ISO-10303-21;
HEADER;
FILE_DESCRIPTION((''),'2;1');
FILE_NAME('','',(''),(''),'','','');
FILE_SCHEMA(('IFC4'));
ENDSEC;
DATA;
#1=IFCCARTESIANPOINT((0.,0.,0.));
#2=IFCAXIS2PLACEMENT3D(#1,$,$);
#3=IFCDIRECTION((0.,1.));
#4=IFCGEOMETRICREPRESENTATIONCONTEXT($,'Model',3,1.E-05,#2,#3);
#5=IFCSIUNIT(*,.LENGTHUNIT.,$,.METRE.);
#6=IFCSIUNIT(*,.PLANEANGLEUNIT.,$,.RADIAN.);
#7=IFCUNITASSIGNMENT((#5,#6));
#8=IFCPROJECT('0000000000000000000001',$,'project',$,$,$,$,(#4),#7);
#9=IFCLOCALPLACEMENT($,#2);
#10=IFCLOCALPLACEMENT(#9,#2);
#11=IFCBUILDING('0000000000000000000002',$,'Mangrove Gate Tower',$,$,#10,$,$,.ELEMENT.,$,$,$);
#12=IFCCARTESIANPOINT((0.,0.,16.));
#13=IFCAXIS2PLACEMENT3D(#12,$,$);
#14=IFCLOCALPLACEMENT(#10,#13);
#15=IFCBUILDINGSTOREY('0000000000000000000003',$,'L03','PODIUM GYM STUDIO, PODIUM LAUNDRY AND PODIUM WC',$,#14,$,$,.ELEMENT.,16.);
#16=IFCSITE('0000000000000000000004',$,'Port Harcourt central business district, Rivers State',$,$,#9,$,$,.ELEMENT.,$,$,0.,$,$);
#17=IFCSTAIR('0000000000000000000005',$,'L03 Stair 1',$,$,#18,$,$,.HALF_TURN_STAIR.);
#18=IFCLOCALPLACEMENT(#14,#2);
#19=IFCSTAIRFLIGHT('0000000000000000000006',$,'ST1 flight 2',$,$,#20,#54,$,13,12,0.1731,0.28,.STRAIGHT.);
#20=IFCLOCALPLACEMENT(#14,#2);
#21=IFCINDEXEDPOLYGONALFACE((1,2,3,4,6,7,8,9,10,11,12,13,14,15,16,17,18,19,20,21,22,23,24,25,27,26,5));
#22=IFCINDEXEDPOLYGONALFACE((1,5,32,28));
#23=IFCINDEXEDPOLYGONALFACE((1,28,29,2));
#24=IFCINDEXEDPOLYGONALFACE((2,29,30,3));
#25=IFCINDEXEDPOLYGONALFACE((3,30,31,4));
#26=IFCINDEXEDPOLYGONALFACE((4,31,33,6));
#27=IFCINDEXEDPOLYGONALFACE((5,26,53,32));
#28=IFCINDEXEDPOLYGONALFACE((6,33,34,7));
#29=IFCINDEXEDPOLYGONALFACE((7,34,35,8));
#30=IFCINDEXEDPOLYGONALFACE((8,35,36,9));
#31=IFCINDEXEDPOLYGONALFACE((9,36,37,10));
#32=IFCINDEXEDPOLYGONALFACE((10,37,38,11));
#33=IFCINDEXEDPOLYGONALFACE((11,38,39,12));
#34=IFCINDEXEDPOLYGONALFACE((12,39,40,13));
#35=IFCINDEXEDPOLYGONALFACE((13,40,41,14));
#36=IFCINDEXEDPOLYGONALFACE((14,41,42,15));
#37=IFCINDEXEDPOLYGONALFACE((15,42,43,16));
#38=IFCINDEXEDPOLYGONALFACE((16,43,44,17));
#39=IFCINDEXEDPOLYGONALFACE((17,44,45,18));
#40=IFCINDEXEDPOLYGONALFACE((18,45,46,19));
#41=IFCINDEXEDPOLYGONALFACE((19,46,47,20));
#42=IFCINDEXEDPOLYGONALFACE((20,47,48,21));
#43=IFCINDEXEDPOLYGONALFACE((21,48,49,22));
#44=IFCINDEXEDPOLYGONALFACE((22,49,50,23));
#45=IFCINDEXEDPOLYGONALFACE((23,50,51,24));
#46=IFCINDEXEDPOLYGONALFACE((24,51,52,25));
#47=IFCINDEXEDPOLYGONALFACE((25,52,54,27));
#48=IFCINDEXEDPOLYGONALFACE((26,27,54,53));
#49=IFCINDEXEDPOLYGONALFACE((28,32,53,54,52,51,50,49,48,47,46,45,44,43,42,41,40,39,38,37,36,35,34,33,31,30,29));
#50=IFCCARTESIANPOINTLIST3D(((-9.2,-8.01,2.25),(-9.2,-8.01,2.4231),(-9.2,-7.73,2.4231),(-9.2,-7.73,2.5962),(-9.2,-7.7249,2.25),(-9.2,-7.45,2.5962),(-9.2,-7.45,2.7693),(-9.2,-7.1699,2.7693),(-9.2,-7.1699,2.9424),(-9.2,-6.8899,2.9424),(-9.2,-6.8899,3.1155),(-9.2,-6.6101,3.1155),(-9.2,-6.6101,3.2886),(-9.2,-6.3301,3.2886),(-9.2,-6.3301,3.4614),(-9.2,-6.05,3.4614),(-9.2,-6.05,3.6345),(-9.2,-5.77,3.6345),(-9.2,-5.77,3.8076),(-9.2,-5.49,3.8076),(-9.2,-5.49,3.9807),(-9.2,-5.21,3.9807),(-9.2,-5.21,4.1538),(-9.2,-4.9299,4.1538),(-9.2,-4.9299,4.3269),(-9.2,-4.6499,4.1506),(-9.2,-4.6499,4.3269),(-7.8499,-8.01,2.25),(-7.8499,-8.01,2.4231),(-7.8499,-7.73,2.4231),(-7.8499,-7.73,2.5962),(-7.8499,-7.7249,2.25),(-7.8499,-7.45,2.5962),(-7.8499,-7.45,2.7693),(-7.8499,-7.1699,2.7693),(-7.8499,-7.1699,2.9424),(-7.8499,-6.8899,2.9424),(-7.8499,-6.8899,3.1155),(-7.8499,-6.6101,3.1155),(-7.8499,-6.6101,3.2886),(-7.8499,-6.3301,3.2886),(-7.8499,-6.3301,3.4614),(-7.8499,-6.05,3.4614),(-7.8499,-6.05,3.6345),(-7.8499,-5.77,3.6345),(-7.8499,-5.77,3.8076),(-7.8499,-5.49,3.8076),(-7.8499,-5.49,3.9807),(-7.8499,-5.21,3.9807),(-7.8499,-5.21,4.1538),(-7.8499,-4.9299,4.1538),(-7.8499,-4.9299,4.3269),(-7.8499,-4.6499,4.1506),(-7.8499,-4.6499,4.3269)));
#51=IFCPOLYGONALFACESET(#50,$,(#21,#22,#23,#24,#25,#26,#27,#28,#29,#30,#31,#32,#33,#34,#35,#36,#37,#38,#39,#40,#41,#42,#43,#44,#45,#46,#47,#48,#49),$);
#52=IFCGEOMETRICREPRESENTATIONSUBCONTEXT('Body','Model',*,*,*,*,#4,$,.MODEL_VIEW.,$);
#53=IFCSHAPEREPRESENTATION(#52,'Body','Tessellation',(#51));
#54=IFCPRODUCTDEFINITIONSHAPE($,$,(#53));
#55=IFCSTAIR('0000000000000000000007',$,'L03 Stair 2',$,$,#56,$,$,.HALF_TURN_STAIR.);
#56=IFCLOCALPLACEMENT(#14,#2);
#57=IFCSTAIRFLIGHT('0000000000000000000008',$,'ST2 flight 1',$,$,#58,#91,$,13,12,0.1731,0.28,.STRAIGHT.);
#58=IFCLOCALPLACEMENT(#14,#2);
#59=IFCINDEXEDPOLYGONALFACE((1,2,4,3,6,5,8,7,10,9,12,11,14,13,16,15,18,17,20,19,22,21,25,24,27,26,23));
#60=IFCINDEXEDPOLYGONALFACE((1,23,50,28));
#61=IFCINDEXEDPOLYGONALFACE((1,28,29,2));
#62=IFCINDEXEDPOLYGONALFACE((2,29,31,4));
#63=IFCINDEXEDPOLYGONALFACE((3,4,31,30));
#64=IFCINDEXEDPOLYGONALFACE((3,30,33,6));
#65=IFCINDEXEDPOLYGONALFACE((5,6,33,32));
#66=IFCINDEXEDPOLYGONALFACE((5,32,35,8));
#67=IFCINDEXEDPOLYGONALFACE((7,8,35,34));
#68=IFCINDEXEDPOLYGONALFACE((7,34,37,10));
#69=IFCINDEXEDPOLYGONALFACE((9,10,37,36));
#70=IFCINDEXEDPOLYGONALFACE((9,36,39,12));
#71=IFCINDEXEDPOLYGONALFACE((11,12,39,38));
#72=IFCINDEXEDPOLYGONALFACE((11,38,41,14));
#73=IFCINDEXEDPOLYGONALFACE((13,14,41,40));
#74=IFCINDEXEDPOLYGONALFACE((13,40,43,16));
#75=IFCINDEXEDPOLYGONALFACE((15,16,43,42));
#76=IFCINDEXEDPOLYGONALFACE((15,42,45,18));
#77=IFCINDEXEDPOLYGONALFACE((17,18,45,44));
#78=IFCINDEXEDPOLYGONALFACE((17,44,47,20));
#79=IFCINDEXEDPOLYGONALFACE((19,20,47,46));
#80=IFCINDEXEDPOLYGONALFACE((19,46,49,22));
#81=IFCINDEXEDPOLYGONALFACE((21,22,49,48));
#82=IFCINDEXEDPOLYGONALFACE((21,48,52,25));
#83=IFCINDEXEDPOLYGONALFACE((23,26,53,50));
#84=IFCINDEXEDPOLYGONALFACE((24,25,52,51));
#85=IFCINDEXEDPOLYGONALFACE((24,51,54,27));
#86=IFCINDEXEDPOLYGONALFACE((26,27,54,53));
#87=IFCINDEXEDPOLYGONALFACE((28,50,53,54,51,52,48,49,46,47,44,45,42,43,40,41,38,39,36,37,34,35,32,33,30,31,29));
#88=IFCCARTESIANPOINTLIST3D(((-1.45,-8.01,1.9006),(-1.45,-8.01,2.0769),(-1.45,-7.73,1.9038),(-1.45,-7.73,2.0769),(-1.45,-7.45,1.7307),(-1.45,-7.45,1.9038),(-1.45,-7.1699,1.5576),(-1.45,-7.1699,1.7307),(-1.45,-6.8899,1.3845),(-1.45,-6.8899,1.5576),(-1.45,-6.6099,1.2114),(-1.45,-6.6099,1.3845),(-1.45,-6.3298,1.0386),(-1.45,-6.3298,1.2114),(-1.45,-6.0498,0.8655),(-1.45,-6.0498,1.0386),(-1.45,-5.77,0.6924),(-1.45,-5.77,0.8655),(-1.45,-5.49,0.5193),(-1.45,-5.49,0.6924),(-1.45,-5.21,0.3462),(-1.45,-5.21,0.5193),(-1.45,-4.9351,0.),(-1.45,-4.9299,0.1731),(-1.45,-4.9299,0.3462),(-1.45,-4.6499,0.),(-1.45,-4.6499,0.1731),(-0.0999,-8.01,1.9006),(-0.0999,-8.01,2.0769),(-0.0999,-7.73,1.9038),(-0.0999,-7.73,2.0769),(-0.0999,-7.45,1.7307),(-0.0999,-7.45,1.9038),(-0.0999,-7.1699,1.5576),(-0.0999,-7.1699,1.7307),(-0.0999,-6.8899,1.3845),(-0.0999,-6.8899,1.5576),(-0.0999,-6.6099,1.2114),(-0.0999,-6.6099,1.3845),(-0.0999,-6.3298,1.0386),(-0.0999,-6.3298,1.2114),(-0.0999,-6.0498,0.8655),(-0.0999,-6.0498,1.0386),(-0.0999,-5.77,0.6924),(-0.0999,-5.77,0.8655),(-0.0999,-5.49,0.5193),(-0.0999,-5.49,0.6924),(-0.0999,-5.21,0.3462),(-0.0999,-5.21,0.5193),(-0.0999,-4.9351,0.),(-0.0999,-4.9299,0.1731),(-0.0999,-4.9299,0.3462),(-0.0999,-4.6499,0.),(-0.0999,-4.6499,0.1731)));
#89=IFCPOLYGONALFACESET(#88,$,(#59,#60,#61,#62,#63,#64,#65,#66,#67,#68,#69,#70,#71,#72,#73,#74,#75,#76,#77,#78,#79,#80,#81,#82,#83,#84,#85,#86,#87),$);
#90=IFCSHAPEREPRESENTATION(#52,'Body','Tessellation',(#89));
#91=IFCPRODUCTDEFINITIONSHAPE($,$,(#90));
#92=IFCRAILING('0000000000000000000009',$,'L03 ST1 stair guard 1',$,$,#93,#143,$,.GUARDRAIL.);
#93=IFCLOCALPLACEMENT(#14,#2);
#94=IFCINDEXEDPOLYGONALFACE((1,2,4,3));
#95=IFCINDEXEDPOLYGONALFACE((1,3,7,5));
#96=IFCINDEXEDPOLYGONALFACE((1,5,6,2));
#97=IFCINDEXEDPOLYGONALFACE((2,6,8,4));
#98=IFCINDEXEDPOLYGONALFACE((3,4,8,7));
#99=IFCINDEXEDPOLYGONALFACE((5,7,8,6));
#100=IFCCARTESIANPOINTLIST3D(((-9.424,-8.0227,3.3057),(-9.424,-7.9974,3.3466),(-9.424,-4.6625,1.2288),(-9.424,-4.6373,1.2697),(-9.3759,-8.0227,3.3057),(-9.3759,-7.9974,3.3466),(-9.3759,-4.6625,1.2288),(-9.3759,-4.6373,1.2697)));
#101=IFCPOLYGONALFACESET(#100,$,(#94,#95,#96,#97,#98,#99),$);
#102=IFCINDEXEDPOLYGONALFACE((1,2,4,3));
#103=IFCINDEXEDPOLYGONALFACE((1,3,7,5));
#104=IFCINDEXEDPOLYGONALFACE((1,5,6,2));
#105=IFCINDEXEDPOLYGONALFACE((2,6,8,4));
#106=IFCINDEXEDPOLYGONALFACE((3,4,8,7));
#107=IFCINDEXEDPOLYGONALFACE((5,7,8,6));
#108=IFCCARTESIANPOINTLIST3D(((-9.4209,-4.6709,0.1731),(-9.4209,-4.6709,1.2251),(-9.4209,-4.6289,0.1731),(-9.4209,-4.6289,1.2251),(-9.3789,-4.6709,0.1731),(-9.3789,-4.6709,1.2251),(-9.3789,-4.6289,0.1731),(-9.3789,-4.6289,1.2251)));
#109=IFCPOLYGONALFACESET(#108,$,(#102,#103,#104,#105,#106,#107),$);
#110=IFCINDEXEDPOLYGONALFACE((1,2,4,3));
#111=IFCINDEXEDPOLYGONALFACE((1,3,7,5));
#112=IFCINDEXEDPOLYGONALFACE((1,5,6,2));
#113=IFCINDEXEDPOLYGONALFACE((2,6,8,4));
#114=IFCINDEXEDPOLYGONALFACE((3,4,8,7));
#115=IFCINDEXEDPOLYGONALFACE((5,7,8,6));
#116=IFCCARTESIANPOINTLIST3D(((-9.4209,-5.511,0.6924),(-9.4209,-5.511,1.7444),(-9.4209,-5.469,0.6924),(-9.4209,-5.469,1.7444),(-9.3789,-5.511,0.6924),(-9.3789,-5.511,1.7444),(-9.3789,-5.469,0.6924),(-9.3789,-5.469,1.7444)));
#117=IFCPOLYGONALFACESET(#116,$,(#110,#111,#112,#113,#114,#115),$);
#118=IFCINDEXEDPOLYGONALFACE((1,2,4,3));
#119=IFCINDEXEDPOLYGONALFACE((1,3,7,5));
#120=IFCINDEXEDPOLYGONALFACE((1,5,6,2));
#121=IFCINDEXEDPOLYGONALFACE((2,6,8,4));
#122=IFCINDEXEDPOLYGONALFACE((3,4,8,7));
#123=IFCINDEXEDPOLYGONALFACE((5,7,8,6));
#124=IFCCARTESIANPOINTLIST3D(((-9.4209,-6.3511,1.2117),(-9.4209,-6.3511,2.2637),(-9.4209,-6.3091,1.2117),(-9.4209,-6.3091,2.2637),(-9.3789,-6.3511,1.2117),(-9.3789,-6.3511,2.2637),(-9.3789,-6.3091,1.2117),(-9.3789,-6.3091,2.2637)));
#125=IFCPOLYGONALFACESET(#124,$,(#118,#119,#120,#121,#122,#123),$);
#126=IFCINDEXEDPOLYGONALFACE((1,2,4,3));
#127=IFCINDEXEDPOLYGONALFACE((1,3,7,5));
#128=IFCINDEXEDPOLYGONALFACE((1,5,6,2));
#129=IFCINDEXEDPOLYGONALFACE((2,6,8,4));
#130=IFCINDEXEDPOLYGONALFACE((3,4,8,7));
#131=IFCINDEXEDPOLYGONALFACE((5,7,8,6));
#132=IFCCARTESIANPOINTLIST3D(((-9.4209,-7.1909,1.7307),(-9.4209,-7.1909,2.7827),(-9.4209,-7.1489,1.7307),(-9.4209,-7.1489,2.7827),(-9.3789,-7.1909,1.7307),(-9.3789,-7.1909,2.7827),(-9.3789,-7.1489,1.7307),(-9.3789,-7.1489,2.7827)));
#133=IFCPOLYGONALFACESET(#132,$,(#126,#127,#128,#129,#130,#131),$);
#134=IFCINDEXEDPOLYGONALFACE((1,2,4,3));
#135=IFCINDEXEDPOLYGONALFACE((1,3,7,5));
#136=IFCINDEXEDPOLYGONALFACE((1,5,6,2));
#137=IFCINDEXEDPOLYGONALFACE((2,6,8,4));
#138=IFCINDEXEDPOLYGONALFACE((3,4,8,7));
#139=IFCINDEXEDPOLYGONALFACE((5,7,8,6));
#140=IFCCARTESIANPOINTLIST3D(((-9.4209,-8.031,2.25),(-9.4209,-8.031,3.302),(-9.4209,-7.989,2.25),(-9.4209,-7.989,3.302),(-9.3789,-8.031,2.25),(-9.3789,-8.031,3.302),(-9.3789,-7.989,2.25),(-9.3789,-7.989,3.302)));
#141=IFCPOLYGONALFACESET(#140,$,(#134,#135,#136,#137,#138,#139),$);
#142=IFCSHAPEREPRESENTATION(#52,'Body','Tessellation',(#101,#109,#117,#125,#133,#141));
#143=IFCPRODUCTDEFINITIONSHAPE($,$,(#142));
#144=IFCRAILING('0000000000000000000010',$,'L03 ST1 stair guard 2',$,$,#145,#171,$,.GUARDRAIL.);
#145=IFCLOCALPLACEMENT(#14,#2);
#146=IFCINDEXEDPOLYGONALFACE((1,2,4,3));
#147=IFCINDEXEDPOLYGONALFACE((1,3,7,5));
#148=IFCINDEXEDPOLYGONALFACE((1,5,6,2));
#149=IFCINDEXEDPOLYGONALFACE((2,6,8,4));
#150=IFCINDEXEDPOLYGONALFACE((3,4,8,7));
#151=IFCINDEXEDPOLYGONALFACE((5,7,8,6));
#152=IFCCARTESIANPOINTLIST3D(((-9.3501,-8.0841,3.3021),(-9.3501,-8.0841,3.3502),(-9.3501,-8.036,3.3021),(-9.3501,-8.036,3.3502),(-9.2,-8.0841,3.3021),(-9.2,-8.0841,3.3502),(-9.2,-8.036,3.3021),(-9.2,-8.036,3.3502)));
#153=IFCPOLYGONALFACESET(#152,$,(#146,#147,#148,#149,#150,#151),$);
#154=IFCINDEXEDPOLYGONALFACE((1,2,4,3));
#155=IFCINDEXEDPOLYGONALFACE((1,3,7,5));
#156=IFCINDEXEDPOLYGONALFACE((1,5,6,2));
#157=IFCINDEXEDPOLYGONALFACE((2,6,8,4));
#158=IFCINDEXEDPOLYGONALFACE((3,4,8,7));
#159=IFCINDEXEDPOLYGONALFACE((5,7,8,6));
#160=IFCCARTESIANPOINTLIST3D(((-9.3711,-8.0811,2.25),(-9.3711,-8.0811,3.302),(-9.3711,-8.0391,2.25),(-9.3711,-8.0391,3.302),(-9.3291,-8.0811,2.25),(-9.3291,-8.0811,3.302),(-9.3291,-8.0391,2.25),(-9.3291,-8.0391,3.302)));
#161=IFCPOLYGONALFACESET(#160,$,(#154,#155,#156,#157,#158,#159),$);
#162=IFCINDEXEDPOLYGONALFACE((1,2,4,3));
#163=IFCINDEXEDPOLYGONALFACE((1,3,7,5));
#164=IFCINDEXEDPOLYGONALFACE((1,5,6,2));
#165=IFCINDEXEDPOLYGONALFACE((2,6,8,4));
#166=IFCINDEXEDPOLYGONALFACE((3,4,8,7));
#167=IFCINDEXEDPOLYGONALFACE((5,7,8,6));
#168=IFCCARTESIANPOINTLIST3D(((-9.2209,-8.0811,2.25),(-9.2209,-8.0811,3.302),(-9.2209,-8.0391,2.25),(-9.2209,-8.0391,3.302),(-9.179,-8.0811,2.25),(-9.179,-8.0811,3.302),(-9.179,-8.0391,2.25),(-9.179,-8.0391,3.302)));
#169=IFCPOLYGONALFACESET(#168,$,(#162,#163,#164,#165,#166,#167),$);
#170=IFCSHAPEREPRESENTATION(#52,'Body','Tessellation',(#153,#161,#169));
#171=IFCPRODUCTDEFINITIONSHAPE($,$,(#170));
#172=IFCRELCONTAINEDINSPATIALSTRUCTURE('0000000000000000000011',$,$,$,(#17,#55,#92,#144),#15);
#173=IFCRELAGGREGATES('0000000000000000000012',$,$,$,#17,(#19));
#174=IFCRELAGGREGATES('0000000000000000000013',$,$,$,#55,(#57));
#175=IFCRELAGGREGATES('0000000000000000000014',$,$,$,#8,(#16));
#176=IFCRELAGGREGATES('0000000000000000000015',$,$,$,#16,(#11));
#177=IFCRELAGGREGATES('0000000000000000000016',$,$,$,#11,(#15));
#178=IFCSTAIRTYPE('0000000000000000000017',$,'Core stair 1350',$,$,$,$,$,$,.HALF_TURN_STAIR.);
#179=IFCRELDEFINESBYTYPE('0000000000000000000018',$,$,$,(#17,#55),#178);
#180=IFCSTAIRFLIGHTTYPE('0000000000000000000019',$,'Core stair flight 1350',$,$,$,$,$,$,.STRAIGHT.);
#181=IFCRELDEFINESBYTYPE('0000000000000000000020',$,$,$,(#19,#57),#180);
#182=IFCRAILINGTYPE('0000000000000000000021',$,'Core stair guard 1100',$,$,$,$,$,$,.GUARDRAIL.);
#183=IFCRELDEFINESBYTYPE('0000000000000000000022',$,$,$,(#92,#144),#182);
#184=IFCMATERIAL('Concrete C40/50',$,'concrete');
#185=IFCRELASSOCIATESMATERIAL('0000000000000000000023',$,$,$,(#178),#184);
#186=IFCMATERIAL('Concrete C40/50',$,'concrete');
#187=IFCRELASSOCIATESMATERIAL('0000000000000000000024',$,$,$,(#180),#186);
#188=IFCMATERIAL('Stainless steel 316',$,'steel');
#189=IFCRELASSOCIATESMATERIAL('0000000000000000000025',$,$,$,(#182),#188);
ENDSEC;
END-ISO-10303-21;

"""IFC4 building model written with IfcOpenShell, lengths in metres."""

from ifc_helpers import new_model, si_unit, direction, frame, origin, origin_2d, place, context, subcontext, project, spatial, polyline, rectangle, outline, extrude, material, type_object, element, aggregate, save


model = new_model("IFC4")

# Units and contexts
model_context = context("Model", 3, precision=1e-05, world=origin(), true_north=direction((0.0, 1.0)))
body_context = subcontext(model_context, "Body", "Model", "MODEL_VIEW")
ifc_project = project(units=[si_unit("LENGTHUNIT", "METRE"), si_unit("PLANEANGLEUNIT", "RADIAN")], contexts=[model_context])

# Site, building, storey
site_placement = place(None, origin())
site = spatial("IfcSite", under=ifc_project, at=site_placement, Name="Port Harcourt central business district, Rivers State", CompositionType="ELEMENT", RefElevation=0.0)
building_placement = place(site_placement, origin())
building = spatial("IfcBuilding", under=site, at=building_placement, Name="Mangrove Gate Tower", CompositionType="ELEMENT")
storey_placement = place(building_placement, frame((0.0, 0.0, 16.0)))
storey = spatial("IfcBuildingStorey", under=building, at=storey_placement, Name="L03", Description="PODIUM GYM STUDIO, PODIUM LAUNDRY AND PODIUM WC", CompositionType="ELEMENT", Elevation=16.0)

# Stair, stair flight
ifc_material_1 = material(Name="Concrete C40/50", Category="concrete")
stair_type = type_object("IfcStairType", Name="Core stair 1350", PredefinedType="HALF_TURN_STAIR", material=ifc_material_1)
stair_1_placement = place(storey_placement, origin())
stair_1 = element("IfcStair", 1, at=stair_1_placement, inside=storey, type_object=stair_type, Name="L03 Stair 1", PredefinedType="HALF_TURN_STAIR")
ifc_material_2 = material(Name="Concrete C40/50", Category="concrete")
stair_flight_type = type_object("IfcStairFlightType", Name="Core stair flight 1350", PredefinedType="STRAIGHT", material=ifc_material_2)
stair_flight_1_placement = place(storey_placement, frame((-8.5249, -8.01, 2.25), z_axis=(0.0, 0.0, 1.0), x_axis=(0.0, 1.0, 0.0)))
stair_flight_1 = element("IfcStairFlight", 2, at=stair_flight_1_placement, type_object=stair_flight_type, Name="ST1 flight 2", NumberOfRisers=13, NumberOfTreads=12, PredefinedType="STRAIGHT", RiserHeight=0.1731, TreadLength=0.28, context=body_context, shape_type="SweptSolid", body=[
    extrude(outline(polyline([(0.0, 0.0), (0.0, 0.1731), (0.28, 0.1731), (0.28, 0.3462), (0.5601, 0.3462), (0.5601, 0.5193), (0.8401, 0.5193), (0.8401, 0.6924), (1.1201, 0.6924), (1.1201, 0.8655), (1.3999, 0.8655), (1.3999, 1.0386), (1.6799, 1.0386), (1.6799, 1.2114), (1.96, 1.2114), (1.96, 1.3845), (2.24, 1.3845), (2.24, 1.5576), (2.52, 1.5576), (2.52, 1.7307), (2.8, 1.7307), (2.8, 1.9038), (3.0801, 1.9038), (3.0801, 2.0769), (3.3601, 2.0769), (3.3601, 2.25), (3.3601, 1.9006), (0.2852, 0.0), (0.0, 0.0)])), frame((0.0, 0.675, 0.0), z_axis=(0.0, -1.0, 0.0), x_axis=(1.0, 0.0, 0.0)), (0.0, 0.0, 1.0), 1.3501),
])
aggregate(stair_1, [stair_flight_1])

# Stair, stair flight
stair_2_placement = place(storey_placement, origin())
stair_2 = element("IfcStair", 3, at=stair_2_placement, inside=storey, type_object=stair_type, Name="L03 Stair 2", PredefinedType="HALF_TURN_STAIR")
stair_flight_2_placement = place(storey_placement, frame((-0.7749, -4.6499, 0.0), z_axis=(0.0, 0.0, 1.0), x_axis=(0.0, -1.0, 0.0)))
stair_flight_2 = element("IfcStairFlight", 4, at=stair_flight_2_placement, type_object=stair_flight_type, Name="ST2 flight 1", NumberOfRisers=13, NumberOfTreads=12, PredefinedType="STRAIGHT", RiserHeight=0.1731, TreadLength=0.28, context=body_context, shape_type="SweptSolid", body=[
    extrude(outline(polyline([(0.0, 0.0), (0.0, 0.1731), (0.28, 0.1731), (0.28, 0.3462), (0.5601, 0.3462), (0.5601, 0.5193), (0.8401, 0.5193), (0.8401, 0.6924), (1.1201, 0.6924), (1.1201, 0.8655), (1.3999, 0.8655), (1.3999, 1.0386), (1.6799, 1.0386), (1.6799, 1.2114), (1.96, 1.2114), (1.96, 1.3845), (2.24, 1.3845), (2.24, 1.5576), (2.52, 1.5576), (2.52, 1.7307), (2.8, 1.7307), (2.8, 1.9038), (3.0801, 1.9038), (3.0801, 2.0769), (3.3601, 2.0769), (3.3601, 2.25), (3.3601, 1.9006), (0.2852, 0.0), (0.0, 0.0)])), frame((0.0, 0.675, 0.0), z_axis=(0.0, -1.0, 0.0), x_axis=(1.0, 0.0, 0.0)), (0.0, 0.0, 1.0), 1.3501),
])
aggregate(stair_2, [stair_flight_2])

# Railings
ifc_material_3 = material(Name="Stainless steel 316", Category="steel")
railing_type_1 = type_object("IfcRailingType", Name="Core stair guard 1100", PredefinedType="GUARDRAIL", material=ifc_material_3)
railing_1_placement = place(storey_placement, frame((-9.3999, -4.6499, 0.1731)))
element("IfcRailing", 5, at=railing_1_placement, inside=storey, type_object=railing_type_1, Name="L03 ST1 stair guard 1", PredefinedType="GUARDRAIL", context=body_context, shape_type="SweptSolid", body=[
    extrude(rectangle(XDim=0.0481, YDim=0.0481, at=origin_2d()), frame((0.0, 0.0, 1.0762), z_axis=(0.0, -0.850623, 0.525776), x_axis=(1.0, 0.0, 0.0)), (0.0, 0.0, 1.0), 3.9502),
    extrude(rectangle(XDim=0.042, YDim=0.042, at=origin_2d()), origin(), (0.0, 0.0, 1.0), 1.052),
    extrude(rectangle(XDim=0.042, YDim=0.042, at=origin_2d()), frame((0.0, -0.8401, 0.5193)), (0.0, 0.0, 1.0), 1.052),
    extrude(rectangle(XDim=0.042, YDim=0.042, at=origin_2d()), frame((0.0, -1.6802, 1.0386)), (0.0, 0.0, 1.0), 1.052),
    extrude(rectangle(XDim=0.042, YDim=0.042, at=origin_2d()), frame((0.0, -2.52, 1.5576)), (0.0, 0.0, 1.0), 1.052),
    extrude(rectangle(XDim=0.042, YDim=0.042, at=origin_2d()), frame((0.0, -3.3601, 2.0769)), (0.0, 0.0, 1.0), 1.052),
])
railing_2_placement = place(storey_placement, frame((-9.3501, -8.0601, 2.25)))
element("IfcRailing", 6, at=railing_2_placement, inside=storey, type_object=railing_type_1, Name="L03 ST1 stair guard 2", PredefinedType="GUARDRAIL", context=body_context, shape_type="SweptSolid", body=[
    extrude(rectangle(XDim=0.0481, YDim=0.0481, at=origin_2d()), frame((0.0, 0.0, 1.0762), z_axis=(1.0, 0.0, 0.0), x_axis=(0.0, 1.0, 0.0)), (0.0, 0.0, 1.0), 0.1501),
    extrude(rectangle(XDim=0.042, YDim=0.042, at=origin_2d()), origin(), (0.0, 0.0, 1.0), 1.052),
    extrude(rectangle(XDim=0.042, YDim=0.042, at=origin_2d()), frame((0.1501, 0.0, 0.0)), (0.0, 0.0, 1.0), 1.052),
])

save(model, "model.ifc")
